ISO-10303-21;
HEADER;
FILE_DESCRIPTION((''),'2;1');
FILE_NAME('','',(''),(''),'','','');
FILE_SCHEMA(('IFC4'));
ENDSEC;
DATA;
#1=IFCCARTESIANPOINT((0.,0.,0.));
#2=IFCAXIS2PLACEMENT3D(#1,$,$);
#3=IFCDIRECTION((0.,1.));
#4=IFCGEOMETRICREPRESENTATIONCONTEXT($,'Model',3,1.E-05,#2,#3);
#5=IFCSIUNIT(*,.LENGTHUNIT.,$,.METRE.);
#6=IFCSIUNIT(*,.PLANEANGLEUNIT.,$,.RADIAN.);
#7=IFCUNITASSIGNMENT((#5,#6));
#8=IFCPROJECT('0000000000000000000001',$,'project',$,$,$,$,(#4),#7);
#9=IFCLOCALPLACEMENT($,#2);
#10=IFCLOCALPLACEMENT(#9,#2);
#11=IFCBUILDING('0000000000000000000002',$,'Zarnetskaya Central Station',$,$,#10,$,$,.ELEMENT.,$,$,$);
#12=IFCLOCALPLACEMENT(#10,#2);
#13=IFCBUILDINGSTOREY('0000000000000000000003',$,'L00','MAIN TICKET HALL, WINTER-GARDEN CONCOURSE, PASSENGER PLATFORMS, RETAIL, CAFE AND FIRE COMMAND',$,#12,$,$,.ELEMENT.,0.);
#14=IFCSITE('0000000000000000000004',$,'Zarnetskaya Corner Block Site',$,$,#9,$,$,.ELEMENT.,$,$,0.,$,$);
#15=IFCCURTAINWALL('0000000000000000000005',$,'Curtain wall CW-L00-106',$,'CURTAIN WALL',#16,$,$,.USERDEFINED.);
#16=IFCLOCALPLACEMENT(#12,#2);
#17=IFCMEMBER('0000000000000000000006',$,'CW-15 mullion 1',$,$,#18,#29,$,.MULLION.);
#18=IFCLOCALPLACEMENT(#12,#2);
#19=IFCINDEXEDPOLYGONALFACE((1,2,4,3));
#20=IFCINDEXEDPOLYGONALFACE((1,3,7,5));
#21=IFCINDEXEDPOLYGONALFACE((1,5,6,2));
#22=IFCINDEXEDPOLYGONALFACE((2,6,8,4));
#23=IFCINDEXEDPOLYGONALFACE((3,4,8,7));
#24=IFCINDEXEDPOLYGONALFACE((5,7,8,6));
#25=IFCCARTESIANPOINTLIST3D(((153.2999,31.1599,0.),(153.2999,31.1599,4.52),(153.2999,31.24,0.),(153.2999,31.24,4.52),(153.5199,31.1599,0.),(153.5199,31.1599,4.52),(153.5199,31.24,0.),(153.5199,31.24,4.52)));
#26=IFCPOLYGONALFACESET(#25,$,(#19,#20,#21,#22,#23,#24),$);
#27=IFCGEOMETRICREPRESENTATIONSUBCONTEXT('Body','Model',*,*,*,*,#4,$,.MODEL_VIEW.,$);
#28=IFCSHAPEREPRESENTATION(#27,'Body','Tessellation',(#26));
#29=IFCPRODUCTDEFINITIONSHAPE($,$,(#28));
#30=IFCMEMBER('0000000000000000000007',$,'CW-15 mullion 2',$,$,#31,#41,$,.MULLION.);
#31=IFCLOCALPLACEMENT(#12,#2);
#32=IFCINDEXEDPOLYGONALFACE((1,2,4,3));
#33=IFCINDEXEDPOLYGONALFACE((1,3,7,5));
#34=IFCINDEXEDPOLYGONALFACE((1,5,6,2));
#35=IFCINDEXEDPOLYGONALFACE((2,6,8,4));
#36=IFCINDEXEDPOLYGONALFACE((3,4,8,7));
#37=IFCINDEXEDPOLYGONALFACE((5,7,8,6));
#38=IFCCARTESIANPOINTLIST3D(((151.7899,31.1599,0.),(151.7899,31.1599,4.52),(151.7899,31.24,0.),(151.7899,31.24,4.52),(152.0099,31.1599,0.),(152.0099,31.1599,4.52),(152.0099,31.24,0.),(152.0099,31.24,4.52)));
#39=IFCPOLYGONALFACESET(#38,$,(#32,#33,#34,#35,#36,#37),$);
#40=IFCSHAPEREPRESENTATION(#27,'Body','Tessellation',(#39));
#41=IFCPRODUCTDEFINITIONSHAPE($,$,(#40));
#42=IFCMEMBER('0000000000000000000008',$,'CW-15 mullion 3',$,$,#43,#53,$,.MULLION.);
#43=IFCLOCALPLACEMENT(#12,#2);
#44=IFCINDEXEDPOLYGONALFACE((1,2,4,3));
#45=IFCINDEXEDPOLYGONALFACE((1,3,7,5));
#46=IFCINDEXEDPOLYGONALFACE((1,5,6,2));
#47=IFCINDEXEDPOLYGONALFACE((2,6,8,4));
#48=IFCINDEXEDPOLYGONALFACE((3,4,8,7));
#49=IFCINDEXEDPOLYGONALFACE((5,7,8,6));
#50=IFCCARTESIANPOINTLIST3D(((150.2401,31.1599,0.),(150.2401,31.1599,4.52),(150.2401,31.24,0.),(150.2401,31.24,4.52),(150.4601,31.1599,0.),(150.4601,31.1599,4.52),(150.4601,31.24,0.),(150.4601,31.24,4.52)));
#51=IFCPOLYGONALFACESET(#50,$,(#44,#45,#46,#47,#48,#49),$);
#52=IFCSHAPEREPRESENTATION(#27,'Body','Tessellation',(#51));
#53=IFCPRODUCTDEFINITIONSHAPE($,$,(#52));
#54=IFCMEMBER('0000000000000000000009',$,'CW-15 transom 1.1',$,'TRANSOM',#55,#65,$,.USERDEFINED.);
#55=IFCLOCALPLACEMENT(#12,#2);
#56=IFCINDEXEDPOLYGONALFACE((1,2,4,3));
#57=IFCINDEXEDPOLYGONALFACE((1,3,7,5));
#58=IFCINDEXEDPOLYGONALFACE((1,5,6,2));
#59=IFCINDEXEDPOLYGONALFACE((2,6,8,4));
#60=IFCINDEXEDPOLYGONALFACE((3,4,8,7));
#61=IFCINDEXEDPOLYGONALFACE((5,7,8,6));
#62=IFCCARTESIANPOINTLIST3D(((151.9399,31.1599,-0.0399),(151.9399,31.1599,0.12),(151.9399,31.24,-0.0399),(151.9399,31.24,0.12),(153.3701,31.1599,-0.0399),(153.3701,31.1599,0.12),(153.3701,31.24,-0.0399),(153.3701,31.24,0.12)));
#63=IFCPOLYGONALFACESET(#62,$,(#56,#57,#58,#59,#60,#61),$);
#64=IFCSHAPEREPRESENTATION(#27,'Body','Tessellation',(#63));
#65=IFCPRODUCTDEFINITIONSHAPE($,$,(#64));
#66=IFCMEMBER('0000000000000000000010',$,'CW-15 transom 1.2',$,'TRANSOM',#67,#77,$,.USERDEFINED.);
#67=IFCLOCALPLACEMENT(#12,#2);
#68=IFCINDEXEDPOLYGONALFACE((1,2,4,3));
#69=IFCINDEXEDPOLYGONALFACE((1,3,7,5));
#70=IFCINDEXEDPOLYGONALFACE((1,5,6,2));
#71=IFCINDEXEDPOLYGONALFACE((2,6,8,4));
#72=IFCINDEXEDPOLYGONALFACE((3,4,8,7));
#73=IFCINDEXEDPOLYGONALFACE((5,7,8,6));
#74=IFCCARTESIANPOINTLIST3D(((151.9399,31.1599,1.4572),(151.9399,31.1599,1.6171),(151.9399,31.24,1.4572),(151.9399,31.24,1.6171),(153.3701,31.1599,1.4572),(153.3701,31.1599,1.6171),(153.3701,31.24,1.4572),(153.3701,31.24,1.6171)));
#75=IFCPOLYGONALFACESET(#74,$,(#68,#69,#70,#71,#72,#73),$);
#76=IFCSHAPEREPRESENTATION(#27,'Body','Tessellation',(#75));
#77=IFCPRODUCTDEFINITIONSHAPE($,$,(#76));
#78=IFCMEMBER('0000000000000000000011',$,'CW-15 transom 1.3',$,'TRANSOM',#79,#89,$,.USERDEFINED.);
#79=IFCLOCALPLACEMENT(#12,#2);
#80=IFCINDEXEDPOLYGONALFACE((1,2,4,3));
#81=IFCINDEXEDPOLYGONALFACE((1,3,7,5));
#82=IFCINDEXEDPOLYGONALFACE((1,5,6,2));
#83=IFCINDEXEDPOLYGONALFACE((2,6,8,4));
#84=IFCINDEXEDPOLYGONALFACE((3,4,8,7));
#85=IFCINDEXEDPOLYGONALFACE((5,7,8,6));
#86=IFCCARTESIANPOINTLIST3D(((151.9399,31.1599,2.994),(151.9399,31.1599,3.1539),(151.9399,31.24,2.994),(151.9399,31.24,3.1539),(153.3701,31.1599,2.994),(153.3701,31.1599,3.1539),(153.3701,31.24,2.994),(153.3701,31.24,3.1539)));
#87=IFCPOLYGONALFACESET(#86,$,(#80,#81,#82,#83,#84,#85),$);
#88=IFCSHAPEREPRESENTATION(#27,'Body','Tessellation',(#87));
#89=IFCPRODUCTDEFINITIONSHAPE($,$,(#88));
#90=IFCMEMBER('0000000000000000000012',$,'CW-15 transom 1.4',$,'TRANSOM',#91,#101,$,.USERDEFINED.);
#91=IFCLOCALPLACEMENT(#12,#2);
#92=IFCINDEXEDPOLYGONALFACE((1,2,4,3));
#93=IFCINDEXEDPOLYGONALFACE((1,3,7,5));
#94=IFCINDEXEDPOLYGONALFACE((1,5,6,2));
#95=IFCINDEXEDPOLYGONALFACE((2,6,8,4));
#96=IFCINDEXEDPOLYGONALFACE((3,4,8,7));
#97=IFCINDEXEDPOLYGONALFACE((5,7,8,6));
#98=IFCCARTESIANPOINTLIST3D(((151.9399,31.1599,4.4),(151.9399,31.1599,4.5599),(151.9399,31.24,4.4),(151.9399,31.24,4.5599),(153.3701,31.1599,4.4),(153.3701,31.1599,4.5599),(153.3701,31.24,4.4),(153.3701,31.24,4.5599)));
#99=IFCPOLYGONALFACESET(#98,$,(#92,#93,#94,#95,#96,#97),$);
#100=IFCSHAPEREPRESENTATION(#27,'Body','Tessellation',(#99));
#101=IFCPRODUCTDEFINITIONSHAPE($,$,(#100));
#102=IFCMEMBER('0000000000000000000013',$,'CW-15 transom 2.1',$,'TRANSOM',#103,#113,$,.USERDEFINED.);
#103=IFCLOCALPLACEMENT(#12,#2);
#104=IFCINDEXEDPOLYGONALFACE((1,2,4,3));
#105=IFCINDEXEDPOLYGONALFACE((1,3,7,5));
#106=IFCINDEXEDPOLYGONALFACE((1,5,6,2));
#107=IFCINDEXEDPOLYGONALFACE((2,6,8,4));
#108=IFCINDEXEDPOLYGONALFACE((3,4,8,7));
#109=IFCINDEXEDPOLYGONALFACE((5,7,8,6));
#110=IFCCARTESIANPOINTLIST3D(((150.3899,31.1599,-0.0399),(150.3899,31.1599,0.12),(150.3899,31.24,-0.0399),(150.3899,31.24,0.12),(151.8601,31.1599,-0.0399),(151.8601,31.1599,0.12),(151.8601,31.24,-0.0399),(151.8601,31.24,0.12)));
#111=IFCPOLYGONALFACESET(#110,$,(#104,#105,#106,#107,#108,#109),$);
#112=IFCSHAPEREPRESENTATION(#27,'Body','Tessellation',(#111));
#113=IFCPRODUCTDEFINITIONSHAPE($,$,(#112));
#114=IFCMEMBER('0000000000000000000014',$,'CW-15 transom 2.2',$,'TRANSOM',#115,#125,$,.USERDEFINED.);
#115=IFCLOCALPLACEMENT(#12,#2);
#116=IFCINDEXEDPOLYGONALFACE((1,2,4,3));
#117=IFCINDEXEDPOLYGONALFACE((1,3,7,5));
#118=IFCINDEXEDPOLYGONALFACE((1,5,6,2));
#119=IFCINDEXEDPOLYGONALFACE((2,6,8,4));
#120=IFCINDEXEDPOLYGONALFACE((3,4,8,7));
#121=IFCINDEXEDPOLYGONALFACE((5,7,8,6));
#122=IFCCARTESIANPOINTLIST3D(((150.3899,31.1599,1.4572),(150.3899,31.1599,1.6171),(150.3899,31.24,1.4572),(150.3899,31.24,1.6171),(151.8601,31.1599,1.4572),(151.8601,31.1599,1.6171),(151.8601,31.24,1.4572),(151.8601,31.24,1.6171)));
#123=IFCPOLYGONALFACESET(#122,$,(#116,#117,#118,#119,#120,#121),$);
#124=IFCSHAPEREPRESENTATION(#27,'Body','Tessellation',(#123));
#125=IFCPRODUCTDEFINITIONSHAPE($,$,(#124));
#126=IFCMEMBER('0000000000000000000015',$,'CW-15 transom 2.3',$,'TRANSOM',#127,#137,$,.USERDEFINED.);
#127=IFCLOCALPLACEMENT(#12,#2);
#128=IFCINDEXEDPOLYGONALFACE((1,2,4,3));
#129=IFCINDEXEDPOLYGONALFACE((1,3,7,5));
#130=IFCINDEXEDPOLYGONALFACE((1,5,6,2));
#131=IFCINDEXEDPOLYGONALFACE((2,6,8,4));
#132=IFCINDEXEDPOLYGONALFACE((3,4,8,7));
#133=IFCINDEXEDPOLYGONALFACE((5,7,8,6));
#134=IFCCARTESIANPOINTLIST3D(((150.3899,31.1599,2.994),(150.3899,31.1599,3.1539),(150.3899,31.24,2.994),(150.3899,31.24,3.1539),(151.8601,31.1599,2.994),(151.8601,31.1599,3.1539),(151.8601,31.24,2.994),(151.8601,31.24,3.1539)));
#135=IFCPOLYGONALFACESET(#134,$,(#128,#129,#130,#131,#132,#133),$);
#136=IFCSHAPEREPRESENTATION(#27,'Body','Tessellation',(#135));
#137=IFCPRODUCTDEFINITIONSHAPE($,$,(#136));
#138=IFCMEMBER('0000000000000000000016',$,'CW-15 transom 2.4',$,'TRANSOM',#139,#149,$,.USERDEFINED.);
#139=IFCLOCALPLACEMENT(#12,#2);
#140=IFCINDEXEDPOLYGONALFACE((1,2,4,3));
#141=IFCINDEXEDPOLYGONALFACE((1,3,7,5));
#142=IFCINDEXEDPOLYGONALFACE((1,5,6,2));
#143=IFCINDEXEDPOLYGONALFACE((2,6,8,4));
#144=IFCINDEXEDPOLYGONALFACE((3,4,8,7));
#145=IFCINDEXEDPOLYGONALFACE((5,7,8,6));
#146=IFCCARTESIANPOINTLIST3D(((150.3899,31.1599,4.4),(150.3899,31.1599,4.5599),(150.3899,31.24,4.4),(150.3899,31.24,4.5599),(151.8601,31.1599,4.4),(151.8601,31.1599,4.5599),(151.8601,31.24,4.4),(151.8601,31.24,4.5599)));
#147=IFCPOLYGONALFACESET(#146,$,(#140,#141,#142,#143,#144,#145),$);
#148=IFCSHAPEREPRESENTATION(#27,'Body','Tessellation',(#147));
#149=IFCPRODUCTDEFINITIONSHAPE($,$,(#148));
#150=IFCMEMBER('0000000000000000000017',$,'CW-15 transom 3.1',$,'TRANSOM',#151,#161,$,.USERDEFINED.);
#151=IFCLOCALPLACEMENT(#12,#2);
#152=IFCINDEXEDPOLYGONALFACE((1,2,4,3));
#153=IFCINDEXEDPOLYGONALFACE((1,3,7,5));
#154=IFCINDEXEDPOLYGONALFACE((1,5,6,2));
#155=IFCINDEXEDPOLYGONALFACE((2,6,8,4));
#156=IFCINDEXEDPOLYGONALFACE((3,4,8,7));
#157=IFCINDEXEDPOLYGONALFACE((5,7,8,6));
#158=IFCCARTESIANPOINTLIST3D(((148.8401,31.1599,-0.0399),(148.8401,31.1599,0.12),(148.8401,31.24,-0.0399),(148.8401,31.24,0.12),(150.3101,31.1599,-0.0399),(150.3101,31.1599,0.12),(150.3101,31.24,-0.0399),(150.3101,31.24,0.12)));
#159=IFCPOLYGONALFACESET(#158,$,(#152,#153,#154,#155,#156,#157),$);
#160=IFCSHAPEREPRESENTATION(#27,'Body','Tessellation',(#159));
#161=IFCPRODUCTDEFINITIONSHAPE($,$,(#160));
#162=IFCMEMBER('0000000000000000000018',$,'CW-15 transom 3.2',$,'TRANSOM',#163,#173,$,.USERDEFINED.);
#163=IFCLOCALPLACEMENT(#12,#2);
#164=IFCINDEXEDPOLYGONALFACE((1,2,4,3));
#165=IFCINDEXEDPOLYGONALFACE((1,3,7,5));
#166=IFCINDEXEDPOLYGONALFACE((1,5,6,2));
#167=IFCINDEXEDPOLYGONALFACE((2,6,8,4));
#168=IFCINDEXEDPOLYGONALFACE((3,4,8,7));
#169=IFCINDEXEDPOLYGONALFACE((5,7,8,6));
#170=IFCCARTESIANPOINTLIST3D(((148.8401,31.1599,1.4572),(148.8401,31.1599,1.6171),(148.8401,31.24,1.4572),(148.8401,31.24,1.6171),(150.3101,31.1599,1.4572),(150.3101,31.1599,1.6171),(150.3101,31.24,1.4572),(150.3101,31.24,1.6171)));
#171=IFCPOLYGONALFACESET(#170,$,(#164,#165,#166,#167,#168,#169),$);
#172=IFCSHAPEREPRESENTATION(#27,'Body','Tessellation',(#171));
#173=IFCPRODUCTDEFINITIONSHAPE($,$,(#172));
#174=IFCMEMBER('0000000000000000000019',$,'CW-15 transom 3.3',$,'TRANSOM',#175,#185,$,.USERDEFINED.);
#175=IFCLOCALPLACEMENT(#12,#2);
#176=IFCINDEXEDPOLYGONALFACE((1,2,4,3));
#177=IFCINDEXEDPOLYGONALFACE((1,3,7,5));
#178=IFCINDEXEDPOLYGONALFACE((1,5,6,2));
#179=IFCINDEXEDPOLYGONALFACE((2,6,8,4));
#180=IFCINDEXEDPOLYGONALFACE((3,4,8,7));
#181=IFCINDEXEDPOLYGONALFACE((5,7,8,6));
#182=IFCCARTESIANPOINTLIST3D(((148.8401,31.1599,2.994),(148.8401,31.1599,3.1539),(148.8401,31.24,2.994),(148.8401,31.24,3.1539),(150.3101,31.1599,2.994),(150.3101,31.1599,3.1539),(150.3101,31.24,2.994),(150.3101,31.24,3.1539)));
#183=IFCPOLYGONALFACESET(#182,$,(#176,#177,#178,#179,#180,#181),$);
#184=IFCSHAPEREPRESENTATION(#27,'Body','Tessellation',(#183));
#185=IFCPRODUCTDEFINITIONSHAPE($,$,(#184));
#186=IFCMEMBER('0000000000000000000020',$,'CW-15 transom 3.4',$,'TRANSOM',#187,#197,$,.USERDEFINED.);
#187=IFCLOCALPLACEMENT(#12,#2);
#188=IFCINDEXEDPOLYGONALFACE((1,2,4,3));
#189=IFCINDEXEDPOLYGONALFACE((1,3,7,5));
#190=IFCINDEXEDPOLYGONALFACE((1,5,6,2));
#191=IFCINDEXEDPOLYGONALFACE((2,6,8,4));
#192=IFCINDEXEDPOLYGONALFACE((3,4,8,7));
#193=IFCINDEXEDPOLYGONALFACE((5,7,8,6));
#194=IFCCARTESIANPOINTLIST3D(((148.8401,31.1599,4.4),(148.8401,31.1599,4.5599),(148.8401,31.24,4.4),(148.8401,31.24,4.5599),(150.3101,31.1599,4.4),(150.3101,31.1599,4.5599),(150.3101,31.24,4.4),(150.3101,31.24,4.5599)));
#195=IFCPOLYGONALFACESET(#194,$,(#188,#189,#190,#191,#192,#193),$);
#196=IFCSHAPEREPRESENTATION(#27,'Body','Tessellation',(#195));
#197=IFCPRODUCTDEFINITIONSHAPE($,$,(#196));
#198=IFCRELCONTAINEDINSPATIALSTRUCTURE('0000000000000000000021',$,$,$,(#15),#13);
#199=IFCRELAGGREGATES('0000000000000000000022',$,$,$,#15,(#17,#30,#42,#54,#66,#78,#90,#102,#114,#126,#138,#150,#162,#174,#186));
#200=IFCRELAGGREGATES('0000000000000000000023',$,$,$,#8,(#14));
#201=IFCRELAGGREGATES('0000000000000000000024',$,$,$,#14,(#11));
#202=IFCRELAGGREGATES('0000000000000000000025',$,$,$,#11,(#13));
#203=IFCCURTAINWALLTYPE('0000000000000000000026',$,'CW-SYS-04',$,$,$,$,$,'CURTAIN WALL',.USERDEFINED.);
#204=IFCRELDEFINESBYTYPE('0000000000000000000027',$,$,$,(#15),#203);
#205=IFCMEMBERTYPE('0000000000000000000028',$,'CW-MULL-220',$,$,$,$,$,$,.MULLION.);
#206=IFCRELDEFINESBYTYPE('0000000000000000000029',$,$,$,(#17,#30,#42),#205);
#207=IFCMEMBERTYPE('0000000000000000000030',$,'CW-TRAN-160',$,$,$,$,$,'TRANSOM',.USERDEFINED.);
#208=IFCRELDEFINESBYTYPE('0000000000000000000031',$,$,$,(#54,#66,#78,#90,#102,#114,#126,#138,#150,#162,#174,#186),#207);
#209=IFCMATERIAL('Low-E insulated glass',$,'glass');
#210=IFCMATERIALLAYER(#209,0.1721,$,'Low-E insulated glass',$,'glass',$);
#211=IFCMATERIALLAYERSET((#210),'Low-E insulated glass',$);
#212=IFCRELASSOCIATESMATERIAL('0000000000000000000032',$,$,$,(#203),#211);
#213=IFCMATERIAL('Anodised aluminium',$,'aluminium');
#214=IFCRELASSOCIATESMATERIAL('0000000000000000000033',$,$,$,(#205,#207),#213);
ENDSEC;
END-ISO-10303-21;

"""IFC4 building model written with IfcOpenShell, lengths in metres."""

from ifc_helpers import new_model, si_unit, direction, frame, origin, origin_2d, place, context, subcontext, project, spatial, rectangle, extrude, material, layer, layer_set, material_profile, profile_set, type_object, element, aggregate, save


model = new_model("IFC4")

# Units and contexts
model_context = context("Model", 3, precision=1e-05, world=origin(), true_north=direction((0.0, 1.0)))
body_context = subcontext(model_context, "Body", "Model", "MODEL_VIEW")
ifc_project = project(units=[si_unit("LENGTHUNIT", "METRE"), si_unit("PLANEANGLEUNIT", "RADIAN")], contexts=[model_context])

# Site, building, storey
site_placement = place(None, origin())
site = spatial("IfcSite", under=ifc_project, at=site_placement, Name="Zarnetskaya Corner Block Site", CompositionType="ELEMENT", RefElevation=0.0)
building_placement = place(site_placement, origin())
building = spatial("IfcBuilding", under=site, at=building_placement, Name="Zarnetskaya Central Station", CompositionType="ELEMENT")
storey_placement = place(building_placement, origin())
storey = spatial("IfcBuildingStorey", under=building, at=storey_placement, Name="L00", Description="MAIN TICKET HALL, WINTER-GARDEN CONCOURSE, PASSENGER PLATFORMS, RETAIL, CAFE AND FIRE COMMAND", CompositionType="ELEMENT", Elevation=0.0)

# Curtain wall, members
ifc_material_1 = material(Name="Low-E insulated glass", Category="glass")
ifc_layer_1 = layer(ifc_material_1, 0.1721, Name="Low-E insulated glass", Category="glass")
ifc_layer_set_1 = layer_set([ifc_layer_1], Name="Low-E insulated glass")
curtain_wall_type = type_object("IfcCurtainWallType", Name="CW-SYS-04", ElementType="CURTAIN WALL", PredefinedType="USERDEFINED", material=ifc_layer_set_1)
curtain_wall_placement = place(storey_placement, origin())
curtain_wall = element("IfcCurtainWall", 1, at=curtain_wall_placement, inside=storey, type_object=curtain_wall_type, Name="Curtain wall CW-L00-106", ObjectType="CURTAIN WALL", PredefinedType="USERDEFINED")
ifc_material_2 = material(Name="Anodised aluminium", Category="aluminium")
ifc_material_profile_1 = material_profile(ifc_material_2, rectangle(XDim=0.0801, YDim=0.22, at=origin_2d()), Name="ALU MULL 80x220")
ifc_profile_set_1 = profile_set([ifc_material_profile_1], Name="Anodised aluminium")
member_type_1 = type_object("IfcMemberType", Name="CW-MULL-220", PredefinedType="MULLION", material=ifc_profile_set_1)
member_1_placement = place(storey_placement, frame((153.4099, 31.2, 0.0), z_axis=(0.0, 0.0, 1.0), x_axis=(0.0, -1.0, 0.0)))
member_1 = element("IfcMember", 2, at=member_1_placement, type_object=member_type_1, Name="CW-15 mullion 1", PredefinedType="MULLION", context=body_context, shape_type="SweptSolid", body=[
    extrude(rectangle(XDim=0.0801, YDim=0.22, at=origin_2d()), origin(), (0.0, 0.0, 1.0), 4.52),
])
member_2_placement = place(storey_placement, frame((151.8999, 31.2, 0.0), z_axis=(0.0, 0.0, 1.0), x_axis=(0.0, -1.0, 0.0)))
member_2 = element("IfcMember", 3, at=member_2_placement, type_object=member_type_1, Name="CW-15 mullion 2", PredefinedType="MULLION", context=body_context, shape_type="SweptSolid", body=[
    extrude(rectangle(XDim=0.0801, YDim=0.22, at=origin_2d()), origin(), (0.0, 0.0, 1.0), 4.52),
])
member_3_placement = place(storey_placement, frame((150.3501, 31.2, 0.0), z_axis=(0.0, 0.0, 1.0), x_axis=(0.0, -1.0, 0.0)))
member_3 = element("IfcMember", 4, at=member_3_placement, type_object=member_type_1, Name="CW-15 mullion 3", PredefinedType="MULLION", context=body_context, shape_type="SweptSolid", body=[
    extrude(rectangle(XDim=0.0801, YDim=0.22, at=origin_2d()), origin(), (0.0, 0.0, 1.0), 4.52),
])
ifc_material_profile_2 = material_profile(ifc_material_2, rectangle(XDim=0.0801, YDim=0.1599, at=origin_2d()), Name="ALU TRAN 80x160")
ifc_profile_set_2 = profile_set([ifc_material_profile_2], Name="Anodised aluminium")
member_type_2 = type_object("IfcMemberType", Name="CW-TRAN-160", ElementType="TRANSOM", PredefinedType="USERDEFINED", material=ifc_profile_set_2)
member_4_placement = place(storey_placement, frame((153.3701, 31.2, 0.04), z_axis=(-1.0, 0.0, 0.0), x_axis=(0.0, -1.0, 0.0)))
member_4 = element("IfcMember", 5, at=member_4_placement, type_object=member_type_2, Name="CW-15 transom 1.1", ObjectType="TRANSOM", PredefinedType="USERDEFINED", context=body_context, shape_type="SweptSolid", body=[
    extrude(rectangle(XDim=0.0801, YDim=0.1599, at=origin_2d()), origin(), (0.0, 0.0, 1.0), 1.4302),
])
member_5_placement = place(storey_placement, frame((153.3701, 31.2, 1.5371), z_axis=(-1.0, 0.0, 0.0), x_axis=(0.0, -1.0, 0.0)))
member_5 = element("IfcMember", 6, at=member_5_placement, type_object=member_type_2, Name="CW-15 transom 1.2", ObjectType="TRANSOM", PredefinedType="USERDEFINED", context=body_context, shape_type="SweptSolid", body=[
    extrude(rectangle(XDim=0.0801, YDim=0.1599, at=origin_2d()), origin(), (0.0, 0.0, 1.0), 1.4302),
])
member_6_placement = place(storey_placement, frame((153.3701, 31.2, 3.074), z_axis=(-1.0, 0.0, 0.0), x_axis=(0.0, -1.0, 0.0)))
member_6 = element("IfcMember", 7, at=member_6_placement, type_object=member_type_2, Name="CW-15 transom 1.3", ObjectType="TRANSOM", PredefinedType="USERDEFINED", context=body_context, shape_type="SweptSolid", body=[
    extrude(rectangle(XDim=0.0801, YDim=0.1599, at=origin_2d()), origin(), (0.0, 0.0, 1.0), 1.4302),
])
member_7_placement = place(storey_placement, frame((153.3701, 31.2, 4.48), z_axis=(-1.0, 0.0, 0.0), x_axis=(0.0, -1.0, 0.0)))
member_7 = element("IfcMember", 8, at=member_7_placement, type_object=member_type_2, Name="CW-15 transom 1.4", ObjectType="TRANSOM", PredefinedType="USERDEFINED", context=body_context, shape_type="SweptSolid", body=[
    extrude(rectangle(XDim=0.0801, YDim=0.1599, at=origin_2d()), origin(), (0.0, 0.0, 1.0), 1.4302),
])
member_8_placement = place(storey_placement, frame((151.8601, 31.2, 0.04), z_axis=(-1.0, 0.0, 0.0), x_axis=(0.0, -1.0, 0.0)))
member_8 = element("IfcMember", 9, at=member_8_placement, type_object=member_type_2, Name="CW-15 transom 2.1", ObjectType="TRANSOM", PredefinedType="USERDEFINED", context=body_context, shape_type="SweptSolid", body=[
    extrude(rectangle(XDim=0.0801, YDim=0.1599, at=origin_2d()), origin(), (0.0, 0.0, 1.0), 1.4702),
])
member_9_placement = place(storey_placement, frame((151.8601, 31.2, 1.5371), z_axis=(-1.0, 0.0, 0.0), x_axis=(0.0, -1.0, 0.0)))
member_9 = element("IfcMember", 10, at=member_9_placement, type_object=member_type_2, Name="CW-15 transom 2.2", ObjectType="TRANSOM", PredefinedType="USERDEFINED", context=body_context, shape_type="SweptSolid", body=[
    extrude(rectangle(XDim=0.0801, YDim=0.1599, at=origin_2d()), origin(), (0.0, 0.0, 1.0), 1.4702),
])
member_10_placement = place(storey_placement, frame((151.8601, 31.2, 3.074), z_axis=(-1.0, 0.0, 0.0), x_axis=(0.0, -1.0, 0.0)))
member_10 = element("IfcMember", 11, at=member_10_placement, type_object=member_type_2, Name="CW-15 transom 2.3", ObjectType="TRANSOM", PredefinedType="USERDEFINED", context=body_context, shape_type="SweptSolid", body=[
    extrude(rectangle(XDim=0.0801, YDim=0.1599, at=origin_2d()), origin(), (0.0, 0.0, 1.0), 1.4702),
])
member_11_placement = place(storey_placement, frame((151.8601, 31.2, 4.48), z_axis=(-1.0, 0.0, 0.0), x_axis=(0.0, -1.0, 0.0)))
member_11 = element("IfcMember", 12, at=member_11_placement, type_object=member_type_2, Name="CW-15 transom 2.4", ObjectType="TRANSOM", PredefinedType="USERDEFINED", context=body_context, shape_type="SweptSolid", body=[
    extrude(rectangle(XDim=0.0801, YDim=0.1599, at=origin_2d()), origin(), (0.0, 0.0, 1.0), 1.4702),
])
member_12_placement = place(storey_placement, frame((150.3101, 31.2, 0.04), z_axis=(-1.0, 0.0, 0.0), x_axis=(0.0, -1.0, 0.0)))
member_12 = element("IfcMember", 13, at=member_12_placement, type_object=member_type_2, Name="CW-15 transom 3.1", ObjectType="TRANSOM", PredefinedType="USERDEFINED", context=body_context, shape_type="SweptSolid", body=[
    extrude(rectangle(XDim=0.0801, YDim=0.1599, at=origin_2d()), origin(), (0.0, 0.0, 1.0), 1.47),
])
member_13_placement = place(storey_placement, frame((150.3101, 31.2, 1.5371), z_axis=(-1.0, 0.0, 0.0), x_axis=(0.0, -1.0, 0.0)))
member_13 = element("IfcMember", 14, at=member_13_placement, type_object=member_type_2, Name="CW-15 transom 3.2", ObjectType="TRANSOM", PredefinedType="USERDEFINED", context=body_context, shape_type="SweptSolid", body=[
    extrude(rectangle(XDim=0.0801, YDim=0.1599, at=origin_2d()), origin(), (0.0, 0.0, 1.0), 1.47),
])
member_14_placement = place(storey_placement, frame((150.3101, 31.2, 3.074), z_axis=(-1.0, 0.0, 0.0), x_axis=(0.0, -1.0, 0.0)))
member_14 = element("IfcMember", 15, at=member_14_placement, type_object=member_type_2, Name="CW-15 transom 3.3", ObjectType="TRANSOM", PredefinedType="USERDEFINED", context=body_context, shape_type="SweptSolid", body=[
    extrude(rectangle(XDim=0.0801, YDim=0.1599, at=origin_2d()), origin(), (0.0, 0.0, 1.0), 1.47),
])
member_15_placement = place(storey_placement, frame((150.3101, 31.2, 4.48), z_axis=(-1.0, 0.0, 0.0), x_axis=(0.0, -1.0, 0.0)))
member_15 = element("IfcMember", 16, at=member_15_placement, type_object=member_type_2, Name="CW-15 transom 3.4", ObjectType="TRANSOM", PredefinedType="USERDEFINED", context=body_context, shape_type="SweptSolid", body=[
    extrude(rectangle(XDim=0.0801, YDim=0.1599, at=origin_2d()), origin(), (0.0, 0.0, 1.0), 1.47),
])
aggregate(curtain_wall, [member_1, member_2, member_3, member_4, member_5, member_6, member_7, member_8, member_9, member_10, member_11, member_12, member_13, member_14, member_15])

save(model, "model.ifc")
